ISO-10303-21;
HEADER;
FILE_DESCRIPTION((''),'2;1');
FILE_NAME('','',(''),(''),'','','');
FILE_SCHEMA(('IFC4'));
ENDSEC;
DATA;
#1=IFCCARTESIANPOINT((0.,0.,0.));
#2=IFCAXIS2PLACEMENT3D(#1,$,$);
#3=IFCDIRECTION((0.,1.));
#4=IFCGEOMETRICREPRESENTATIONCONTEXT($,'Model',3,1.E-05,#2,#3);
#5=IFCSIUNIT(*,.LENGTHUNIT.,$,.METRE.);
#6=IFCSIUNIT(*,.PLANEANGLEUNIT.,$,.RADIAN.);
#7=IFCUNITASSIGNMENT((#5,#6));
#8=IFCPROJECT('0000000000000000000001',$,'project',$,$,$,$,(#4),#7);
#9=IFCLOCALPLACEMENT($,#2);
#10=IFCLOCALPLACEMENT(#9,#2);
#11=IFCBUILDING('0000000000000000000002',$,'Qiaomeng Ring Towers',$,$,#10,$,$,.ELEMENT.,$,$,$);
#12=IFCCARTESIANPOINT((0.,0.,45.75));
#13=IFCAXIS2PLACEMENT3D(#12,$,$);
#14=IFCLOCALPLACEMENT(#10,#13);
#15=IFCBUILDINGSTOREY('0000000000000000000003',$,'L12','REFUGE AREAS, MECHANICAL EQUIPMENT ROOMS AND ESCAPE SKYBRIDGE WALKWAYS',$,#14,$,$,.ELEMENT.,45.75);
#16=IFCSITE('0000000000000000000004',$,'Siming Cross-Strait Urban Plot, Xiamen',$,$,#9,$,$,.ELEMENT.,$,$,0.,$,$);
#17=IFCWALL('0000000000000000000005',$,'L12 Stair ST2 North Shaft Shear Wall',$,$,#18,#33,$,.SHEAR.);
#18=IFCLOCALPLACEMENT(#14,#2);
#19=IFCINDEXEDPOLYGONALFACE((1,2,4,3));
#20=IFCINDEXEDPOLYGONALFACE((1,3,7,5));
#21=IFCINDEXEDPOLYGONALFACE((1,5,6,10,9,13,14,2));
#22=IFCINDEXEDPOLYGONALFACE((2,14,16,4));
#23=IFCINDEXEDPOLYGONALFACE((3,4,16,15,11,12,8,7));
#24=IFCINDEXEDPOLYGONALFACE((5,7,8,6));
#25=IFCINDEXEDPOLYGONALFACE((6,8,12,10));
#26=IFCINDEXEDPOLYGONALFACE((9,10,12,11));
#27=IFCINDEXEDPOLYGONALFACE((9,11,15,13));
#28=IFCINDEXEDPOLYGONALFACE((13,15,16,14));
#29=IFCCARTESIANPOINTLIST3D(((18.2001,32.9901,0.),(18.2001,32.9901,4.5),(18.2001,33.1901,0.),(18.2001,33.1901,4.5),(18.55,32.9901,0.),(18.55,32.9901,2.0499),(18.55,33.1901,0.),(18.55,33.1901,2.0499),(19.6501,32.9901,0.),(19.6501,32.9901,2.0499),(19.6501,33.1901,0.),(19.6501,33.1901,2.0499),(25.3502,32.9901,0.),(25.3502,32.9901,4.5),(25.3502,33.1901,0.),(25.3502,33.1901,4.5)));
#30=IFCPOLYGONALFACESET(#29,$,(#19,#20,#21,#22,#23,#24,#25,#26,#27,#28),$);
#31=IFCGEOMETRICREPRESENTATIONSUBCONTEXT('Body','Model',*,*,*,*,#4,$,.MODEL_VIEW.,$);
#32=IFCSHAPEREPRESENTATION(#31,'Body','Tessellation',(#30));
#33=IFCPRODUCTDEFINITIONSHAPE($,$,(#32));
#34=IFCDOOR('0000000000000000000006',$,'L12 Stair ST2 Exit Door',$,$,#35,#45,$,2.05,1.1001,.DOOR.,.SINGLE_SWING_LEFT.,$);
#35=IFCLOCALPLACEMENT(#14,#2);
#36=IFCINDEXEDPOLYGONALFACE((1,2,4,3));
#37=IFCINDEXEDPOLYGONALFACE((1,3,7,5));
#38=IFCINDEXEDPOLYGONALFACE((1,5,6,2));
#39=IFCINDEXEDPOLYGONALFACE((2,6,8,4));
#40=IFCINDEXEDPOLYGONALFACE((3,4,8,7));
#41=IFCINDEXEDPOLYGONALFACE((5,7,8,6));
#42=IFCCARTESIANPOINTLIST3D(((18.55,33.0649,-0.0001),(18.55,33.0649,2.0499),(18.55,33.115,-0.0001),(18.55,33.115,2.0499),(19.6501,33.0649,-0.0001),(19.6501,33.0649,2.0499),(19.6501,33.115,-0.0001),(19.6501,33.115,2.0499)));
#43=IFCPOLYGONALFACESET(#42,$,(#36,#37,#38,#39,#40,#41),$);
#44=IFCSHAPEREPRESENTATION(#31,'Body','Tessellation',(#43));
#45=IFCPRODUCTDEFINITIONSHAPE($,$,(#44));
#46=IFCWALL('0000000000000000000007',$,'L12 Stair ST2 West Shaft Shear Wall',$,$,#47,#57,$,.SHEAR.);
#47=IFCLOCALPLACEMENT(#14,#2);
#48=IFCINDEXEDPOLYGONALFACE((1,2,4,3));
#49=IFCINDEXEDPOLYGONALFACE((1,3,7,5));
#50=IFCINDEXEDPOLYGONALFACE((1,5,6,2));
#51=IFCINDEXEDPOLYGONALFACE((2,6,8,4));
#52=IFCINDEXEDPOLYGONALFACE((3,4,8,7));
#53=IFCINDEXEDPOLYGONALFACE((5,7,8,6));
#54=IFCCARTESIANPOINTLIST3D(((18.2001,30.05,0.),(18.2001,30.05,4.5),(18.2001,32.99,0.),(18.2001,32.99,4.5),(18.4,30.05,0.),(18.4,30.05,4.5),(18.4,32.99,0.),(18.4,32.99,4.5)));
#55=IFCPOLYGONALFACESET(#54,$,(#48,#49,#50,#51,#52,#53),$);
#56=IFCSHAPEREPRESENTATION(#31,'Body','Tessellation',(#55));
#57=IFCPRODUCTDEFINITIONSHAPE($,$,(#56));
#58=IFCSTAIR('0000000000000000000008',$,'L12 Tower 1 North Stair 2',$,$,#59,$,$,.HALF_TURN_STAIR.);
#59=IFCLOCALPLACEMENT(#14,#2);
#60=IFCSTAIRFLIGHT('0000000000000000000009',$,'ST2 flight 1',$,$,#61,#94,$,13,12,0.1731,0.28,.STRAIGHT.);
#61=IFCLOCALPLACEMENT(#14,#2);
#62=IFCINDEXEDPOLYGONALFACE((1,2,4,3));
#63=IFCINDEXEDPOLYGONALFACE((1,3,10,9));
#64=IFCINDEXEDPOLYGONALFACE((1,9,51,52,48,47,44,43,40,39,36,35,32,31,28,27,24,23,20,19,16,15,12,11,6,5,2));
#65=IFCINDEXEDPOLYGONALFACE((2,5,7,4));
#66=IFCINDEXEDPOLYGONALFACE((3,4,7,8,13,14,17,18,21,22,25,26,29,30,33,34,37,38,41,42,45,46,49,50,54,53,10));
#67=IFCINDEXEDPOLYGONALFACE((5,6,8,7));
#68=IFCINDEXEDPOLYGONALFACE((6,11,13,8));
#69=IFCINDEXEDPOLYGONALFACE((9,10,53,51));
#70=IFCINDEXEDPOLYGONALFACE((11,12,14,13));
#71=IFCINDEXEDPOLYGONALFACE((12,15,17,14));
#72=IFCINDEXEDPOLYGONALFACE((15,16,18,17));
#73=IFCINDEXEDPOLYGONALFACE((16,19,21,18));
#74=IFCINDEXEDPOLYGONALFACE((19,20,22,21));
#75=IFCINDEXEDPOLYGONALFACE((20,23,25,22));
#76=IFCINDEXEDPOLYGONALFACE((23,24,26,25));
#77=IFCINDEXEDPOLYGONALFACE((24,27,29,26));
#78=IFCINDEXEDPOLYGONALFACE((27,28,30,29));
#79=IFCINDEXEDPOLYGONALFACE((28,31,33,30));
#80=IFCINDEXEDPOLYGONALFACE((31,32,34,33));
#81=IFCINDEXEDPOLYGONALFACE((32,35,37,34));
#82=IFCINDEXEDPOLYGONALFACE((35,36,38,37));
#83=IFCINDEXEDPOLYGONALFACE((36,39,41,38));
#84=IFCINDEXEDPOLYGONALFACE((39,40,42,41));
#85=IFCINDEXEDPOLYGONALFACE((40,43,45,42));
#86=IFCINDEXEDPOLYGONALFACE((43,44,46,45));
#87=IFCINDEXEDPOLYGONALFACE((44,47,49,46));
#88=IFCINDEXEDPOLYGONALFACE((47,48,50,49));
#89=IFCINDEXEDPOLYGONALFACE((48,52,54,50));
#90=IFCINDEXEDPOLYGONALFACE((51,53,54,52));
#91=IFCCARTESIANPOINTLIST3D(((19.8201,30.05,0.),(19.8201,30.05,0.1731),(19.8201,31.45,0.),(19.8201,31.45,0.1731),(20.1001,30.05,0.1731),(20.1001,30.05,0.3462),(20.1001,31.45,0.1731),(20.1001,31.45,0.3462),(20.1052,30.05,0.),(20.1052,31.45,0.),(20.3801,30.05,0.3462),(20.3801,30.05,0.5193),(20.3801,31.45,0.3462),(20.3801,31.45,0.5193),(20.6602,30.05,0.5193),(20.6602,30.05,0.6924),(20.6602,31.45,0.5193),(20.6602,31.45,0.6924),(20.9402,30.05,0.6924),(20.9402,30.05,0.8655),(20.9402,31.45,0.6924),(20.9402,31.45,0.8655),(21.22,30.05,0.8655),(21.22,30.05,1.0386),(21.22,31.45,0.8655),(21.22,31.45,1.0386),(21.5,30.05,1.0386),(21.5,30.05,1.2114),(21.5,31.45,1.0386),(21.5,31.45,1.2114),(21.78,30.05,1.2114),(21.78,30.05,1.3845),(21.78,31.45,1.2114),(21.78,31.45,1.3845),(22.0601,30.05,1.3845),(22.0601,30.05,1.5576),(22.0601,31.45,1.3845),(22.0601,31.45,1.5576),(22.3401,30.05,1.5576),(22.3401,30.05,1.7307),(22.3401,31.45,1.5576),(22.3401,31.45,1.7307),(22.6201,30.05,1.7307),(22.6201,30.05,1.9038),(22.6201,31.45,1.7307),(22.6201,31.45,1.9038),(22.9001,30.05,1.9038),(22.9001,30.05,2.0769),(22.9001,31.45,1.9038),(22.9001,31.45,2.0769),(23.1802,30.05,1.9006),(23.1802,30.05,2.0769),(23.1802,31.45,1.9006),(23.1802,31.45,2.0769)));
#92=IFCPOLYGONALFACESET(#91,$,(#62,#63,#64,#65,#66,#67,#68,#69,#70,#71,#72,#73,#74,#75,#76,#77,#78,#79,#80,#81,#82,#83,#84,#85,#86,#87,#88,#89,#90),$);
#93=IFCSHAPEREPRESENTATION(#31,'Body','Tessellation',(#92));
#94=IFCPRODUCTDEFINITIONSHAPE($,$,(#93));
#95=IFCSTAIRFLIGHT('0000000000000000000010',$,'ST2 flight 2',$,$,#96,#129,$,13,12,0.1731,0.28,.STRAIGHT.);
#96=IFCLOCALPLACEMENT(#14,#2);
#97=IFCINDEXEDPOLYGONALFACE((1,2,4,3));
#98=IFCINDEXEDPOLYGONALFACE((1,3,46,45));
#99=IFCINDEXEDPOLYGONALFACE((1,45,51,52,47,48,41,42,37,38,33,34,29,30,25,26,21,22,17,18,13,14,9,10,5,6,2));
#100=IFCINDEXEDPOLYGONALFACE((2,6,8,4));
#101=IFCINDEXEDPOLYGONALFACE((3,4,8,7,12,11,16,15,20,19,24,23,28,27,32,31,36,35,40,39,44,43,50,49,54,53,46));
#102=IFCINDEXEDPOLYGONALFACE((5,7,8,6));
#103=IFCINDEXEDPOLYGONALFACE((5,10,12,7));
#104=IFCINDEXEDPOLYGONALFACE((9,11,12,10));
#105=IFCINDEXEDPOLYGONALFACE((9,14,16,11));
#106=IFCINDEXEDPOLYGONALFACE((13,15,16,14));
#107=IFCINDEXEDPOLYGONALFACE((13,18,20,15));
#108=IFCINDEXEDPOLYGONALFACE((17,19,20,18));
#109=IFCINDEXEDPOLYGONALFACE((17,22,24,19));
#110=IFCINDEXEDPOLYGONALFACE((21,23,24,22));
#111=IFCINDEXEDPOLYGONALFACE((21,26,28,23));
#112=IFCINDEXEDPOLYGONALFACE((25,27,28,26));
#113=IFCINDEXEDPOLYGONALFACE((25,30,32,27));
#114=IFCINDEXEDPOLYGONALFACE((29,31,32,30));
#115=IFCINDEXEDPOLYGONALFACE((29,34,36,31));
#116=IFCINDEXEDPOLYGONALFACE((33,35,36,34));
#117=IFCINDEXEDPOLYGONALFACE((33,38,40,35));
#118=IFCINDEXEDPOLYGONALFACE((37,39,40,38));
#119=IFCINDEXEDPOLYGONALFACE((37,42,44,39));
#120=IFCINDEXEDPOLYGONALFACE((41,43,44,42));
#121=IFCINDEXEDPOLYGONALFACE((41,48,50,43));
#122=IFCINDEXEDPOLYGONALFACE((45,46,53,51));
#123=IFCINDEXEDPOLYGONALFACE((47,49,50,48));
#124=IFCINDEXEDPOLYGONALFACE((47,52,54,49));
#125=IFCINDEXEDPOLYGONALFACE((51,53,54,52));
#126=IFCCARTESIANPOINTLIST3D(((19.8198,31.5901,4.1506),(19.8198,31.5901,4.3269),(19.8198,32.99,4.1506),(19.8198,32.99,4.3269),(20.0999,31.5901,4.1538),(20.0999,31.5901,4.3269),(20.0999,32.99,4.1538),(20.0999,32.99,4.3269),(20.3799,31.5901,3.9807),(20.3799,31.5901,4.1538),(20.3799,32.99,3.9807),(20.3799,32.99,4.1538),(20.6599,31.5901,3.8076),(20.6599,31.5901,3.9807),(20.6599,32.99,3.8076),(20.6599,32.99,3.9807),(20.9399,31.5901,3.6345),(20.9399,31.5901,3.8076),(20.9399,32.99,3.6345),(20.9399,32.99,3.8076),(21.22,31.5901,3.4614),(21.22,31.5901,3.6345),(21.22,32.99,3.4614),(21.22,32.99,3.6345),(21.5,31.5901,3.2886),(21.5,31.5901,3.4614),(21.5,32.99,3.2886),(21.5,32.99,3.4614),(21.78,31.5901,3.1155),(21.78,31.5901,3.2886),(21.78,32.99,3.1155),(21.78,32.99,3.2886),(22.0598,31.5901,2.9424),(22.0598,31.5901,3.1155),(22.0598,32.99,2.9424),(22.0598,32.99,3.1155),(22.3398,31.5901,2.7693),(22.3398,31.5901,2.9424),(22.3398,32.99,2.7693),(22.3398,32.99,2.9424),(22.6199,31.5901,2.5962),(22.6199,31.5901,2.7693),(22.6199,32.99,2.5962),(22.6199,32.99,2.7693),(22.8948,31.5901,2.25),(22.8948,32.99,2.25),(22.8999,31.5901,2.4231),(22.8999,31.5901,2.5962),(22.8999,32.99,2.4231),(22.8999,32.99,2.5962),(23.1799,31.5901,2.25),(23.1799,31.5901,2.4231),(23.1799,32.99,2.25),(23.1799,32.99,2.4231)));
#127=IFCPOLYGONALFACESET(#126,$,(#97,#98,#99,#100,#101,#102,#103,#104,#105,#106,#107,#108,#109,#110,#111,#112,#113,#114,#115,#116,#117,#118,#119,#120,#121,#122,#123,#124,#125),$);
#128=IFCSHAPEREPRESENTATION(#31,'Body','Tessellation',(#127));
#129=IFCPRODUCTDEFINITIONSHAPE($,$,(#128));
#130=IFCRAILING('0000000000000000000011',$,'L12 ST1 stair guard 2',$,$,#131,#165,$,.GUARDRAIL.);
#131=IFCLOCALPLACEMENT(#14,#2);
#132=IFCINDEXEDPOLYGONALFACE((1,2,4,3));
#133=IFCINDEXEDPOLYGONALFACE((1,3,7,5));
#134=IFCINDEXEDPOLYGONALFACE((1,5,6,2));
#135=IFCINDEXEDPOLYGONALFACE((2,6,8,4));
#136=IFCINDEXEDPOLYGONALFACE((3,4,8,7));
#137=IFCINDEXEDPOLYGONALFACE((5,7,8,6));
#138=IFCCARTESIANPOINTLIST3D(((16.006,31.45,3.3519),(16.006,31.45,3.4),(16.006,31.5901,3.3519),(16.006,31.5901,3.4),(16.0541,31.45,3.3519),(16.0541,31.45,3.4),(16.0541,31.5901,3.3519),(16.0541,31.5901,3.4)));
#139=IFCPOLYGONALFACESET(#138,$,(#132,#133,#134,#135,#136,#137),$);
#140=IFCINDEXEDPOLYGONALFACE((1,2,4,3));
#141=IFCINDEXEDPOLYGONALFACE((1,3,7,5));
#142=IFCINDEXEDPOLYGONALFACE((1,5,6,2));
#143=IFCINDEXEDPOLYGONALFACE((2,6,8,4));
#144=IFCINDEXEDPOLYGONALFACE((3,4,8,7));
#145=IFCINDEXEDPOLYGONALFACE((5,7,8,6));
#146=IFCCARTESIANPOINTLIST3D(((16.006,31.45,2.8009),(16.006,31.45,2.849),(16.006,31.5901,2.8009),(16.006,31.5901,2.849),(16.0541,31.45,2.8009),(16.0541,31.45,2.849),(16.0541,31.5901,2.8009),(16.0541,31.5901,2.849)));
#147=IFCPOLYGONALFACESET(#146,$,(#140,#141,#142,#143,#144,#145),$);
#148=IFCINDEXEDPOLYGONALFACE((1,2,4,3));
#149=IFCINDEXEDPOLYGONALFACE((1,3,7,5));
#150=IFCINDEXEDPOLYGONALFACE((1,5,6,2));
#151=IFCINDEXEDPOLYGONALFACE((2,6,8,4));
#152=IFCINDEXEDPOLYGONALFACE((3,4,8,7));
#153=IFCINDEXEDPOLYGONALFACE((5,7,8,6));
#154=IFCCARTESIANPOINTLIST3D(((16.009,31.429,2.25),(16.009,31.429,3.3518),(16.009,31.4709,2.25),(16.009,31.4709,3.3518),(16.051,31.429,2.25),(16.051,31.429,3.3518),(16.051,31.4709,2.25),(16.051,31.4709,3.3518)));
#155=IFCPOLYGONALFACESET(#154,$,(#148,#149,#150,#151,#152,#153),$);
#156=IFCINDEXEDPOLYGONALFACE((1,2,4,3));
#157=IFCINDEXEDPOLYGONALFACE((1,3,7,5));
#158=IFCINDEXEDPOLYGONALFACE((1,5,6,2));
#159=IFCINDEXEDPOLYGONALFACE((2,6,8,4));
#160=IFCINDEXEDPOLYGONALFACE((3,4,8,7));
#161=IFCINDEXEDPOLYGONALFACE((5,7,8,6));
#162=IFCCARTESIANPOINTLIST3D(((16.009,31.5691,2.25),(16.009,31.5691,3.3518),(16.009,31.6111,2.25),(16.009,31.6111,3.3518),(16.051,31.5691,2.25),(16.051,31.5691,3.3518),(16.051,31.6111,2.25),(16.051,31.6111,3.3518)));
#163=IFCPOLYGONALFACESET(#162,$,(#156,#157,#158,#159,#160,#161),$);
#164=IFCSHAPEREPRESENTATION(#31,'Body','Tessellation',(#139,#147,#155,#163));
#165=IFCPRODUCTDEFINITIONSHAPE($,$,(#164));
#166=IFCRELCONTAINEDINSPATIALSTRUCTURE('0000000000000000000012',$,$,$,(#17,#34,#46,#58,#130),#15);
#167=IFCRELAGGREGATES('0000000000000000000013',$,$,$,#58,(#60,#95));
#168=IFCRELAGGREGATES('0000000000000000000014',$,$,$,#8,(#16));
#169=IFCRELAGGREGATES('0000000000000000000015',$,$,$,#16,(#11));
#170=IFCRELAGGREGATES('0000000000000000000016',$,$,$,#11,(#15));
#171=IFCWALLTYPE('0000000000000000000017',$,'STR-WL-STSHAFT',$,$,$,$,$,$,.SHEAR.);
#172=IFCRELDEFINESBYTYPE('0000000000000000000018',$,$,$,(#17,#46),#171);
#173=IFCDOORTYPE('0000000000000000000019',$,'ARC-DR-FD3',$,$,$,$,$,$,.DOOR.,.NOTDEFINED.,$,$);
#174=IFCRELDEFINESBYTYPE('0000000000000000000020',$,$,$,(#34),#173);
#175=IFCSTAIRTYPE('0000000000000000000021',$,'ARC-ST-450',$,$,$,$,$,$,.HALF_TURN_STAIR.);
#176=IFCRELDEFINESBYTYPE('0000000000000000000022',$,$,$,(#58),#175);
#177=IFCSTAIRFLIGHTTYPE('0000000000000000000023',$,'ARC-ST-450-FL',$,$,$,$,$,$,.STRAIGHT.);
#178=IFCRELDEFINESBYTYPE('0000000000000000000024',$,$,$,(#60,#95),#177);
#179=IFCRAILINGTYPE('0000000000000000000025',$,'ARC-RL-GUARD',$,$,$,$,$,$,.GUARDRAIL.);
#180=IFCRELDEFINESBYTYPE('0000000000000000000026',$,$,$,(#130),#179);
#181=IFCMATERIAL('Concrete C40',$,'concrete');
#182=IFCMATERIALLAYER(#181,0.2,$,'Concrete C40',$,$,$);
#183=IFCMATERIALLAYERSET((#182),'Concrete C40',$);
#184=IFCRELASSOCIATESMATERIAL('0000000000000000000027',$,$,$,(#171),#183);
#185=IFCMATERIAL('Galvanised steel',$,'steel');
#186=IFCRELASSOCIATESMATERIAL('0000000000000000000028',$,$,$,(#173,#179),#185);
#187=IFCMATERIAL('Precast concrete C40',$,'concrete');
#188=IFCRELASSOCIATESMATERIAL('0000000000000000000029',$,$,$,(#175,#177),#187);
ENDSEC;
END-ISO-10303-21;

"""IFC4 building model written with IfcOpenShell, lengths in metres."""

from ifc_helpers import new_model, si_unit, direction, frame, frame_2d, origin, origin_2d, place, context, subcontext, project, spatial, polyline, rectangle, outline, extrude, source, transform, mapped, material, layer, layer_set, type_object, element, fill, aggregate, save


model = new_model("IFC4")

# Units and contexts
model_context = context("Model", 3, precision=1e-05, world=origin(), true_north=direction((0.0, 1.0)))
body_context = subcontext(model_context, "Body", "Model", "MODEL_VIEW")
ifc_project = project(units=[si_unit("LENGTHUNIT", "METRE"), si_unit("PLANEANGLEUNIT", "RADIAN")], contexts=[model_context])

# Site, building, storey
site_placement = place(None, origin())
site = spatial("IfcSite", under=ifc_project, at=site_placement, Name="Siming Cross-Strait Urban Plot, Xiamen", CompositionType="ELEMENT", RefElevation=0.0)
building_placement = place(site_placement, origin())
building = spatial("IfcBuilding", under=site, at=building_placement, Name="Qiaomeng Ring Towers", CompositionType="ELEMENT")
storey_placement = place(building_placement, frame((0.0, 0.0, 45.75)))
storey = spatial("IfcBuildingStorey", under=building, at=storey_placement, Name="L12", Description="REFUGE AREAS, MECHANICAL EQUIPMENT ROOMS AND ESCAPE SKYBRIDGE WALKWAYS", CompositionType="ELEMENT", Elevation=45.75)

# Shared definitions
ifc_material_1 = material(Name="Concrete C40", Category="concrete")
ifc_layer_1 = layer(ifc_material_1, 0.2, Name="Concrete C40")
ifc_layer_set_1 = layer_set([ifc_layer_1], Name="Concrete C40")
wall_type_1 = type_object("IfcWallType", Name="STR-WL-STSHAFT", PredefinedType="SHEAR", material=ifc_layer_set_1)

# Wall, opening, door
wall_1_placement = place(storey_placement, frame((18.2, 33.0901, 0.0), z_axis=(0.0, 0.0, 1.0), x_axis=(1.0, 0.0, 0.0)))
wall_1 = element("IfcWall", 1, at=wall_1_placement, inside=storey, type_object=wall_type_1, Name="L12 Stair ST2 North Shaft Shear Wall", PredefinedType="SHEAR", context=body_context, shape_type="SweptSolid", body=[
    extrude(rectangle(XDim=7.1501, YDim=0.2, at=frame_2d((3.5752, 0.0))), origin(), (0.0, 0.0, 1.0), 4.5),
])
opening_placement = place(wall_1_placement, frame((0.3501, 0.0, 0.0)))
opening = element("IfcOpeningElement", 2, at=opening_placement, cuts=wall_1, PredefinedType="OPENING", context=body_context, shape_type="SweptSolid", body=[
    extrude(rectangle(XDim=1.1001, YDim=2.05, at=frame_2d((0.55, 1.0249))), frame((0.0, 0.1099, 0.0), z_axis=(0.0, -1.0, 0.0), x_axis=(1.0, 0.0, 0.0)), (0.0, 0.0, 1.0), 0.22),
])
ifc_material_2 = material(Name="Galvanised steel", Category="steel")
door_type = type_object("IfcDoorType", Name="ARC-DR-FD3", OperationType="NOTDEFINED", PredefinedType="DOOR", material=ifc_material_2)
shared_shape_1 = source(origin(), body_context, "Body", "SweptSolid", [
    extrude(rectangle(XDim=1.1001, YDim=2.05, at=frame_2d((0.55, 1.0249))), frame((0.0, 0.0249, 0.0), z_axis=(0.0, -1.0, 0.0), x_axis=(1.0, 0.0, 0.0)), (0.0, 0.0, 1.0), 0.05),
])
door_placement = place(opening_placement, origin())
door = element("IfcDoor", 3, at=door_placement, inside=storey, type_object=door_type, Name="L12 Stair ST2 Exit Door", OperationType="SINGLE_SWING_LEFT", OverallHeight=2.05, OverallWidth=1.1001, PredefinedType="DOOR", context=body_context, shape_type="MappedRepresentation", body=[
    mapped(shared_shape_1, transform((0.0, 0.0, 0.0), x_axis=(1.0, 0.0, 0.0), y_axis=(0.0, 1.0, 0.0), z_axis=(0.0, 0.0, 1.0), scale=1.0)),
])
fill(opening, door)

# Wall
wall_2_placement = place(storey_placement, frame((18.3, 30.05, 0.0), z_axis=(0.0, 0.0, 1.0), x_axis=(0.0, 1.0, 0.0)))
element("IfcWall", 4, at=wall_2_placement, inside=storey, type_object=wall_type_1, Name="L12 Stair ST2 West Shaft Shear Wall", PredefinedType="SHEAR", context=body_context, shape_type="SweptSolid", body=[
    extrude(rectangle(XDim=2.9399, YDim=0.2, at=frame_2d((1.47, 0.0))), origin(), (0.0, 0.0, 1.0), 4.5),
])

# Stair, stair flights
ifc_material_3 = material(Name="Precast concrete C40", Category="concrete")
stair_type = type_object("IfcStairType", Name="ARC-ST-450", PredefinedType="HALF_TURN_STAIR", material=ifc_material_3)
stair_placement = place(storey_placement, origin())
stair = element("IfcStair", 5, at=stair_placement, inside=storey, type_object=stair_type, Name="L12 Tower 1 North Stair 2", PredefinedType="HALF_TURN_STAIR")
stair_flight_type = type_object("IfcStairFlightType", Name="ARC-ST-450-FL", PredefinedType="STRAIGHT", material=ifc_material_3)
shared_shape_2 = source(origin(), body_context, "Body", "SweptSolid", [
    extrude(outline(polyline([(0.0, 0.0), (0.0, 0.1731), (0.28, 0.1731), (0.28, 0.3462), (0.5601, 0.3462), (0.5601, 0.5193), (0.8401, 0.5193), (0.8401, 0.6924), (1.1201, 0.6924), (1.1201, 0.8655), (1.3999, 0.8655), (1.3999, 1.0386), (1.6799, 1.0386), (1.6799, 1.2114), (1.96, 1.2114), (1.96, 1.3845), (2.24, 1.3845), (2.24, 1.5576), (2.52, 1.5576), (2.52, 1.7307), (2.8, 1.7307), (2.8, 1.9038), (3.0801, 1.9038), (3.0801, 2.0769), (3.3601, 2.0769), (3.3601, 2.25), (3.3601, 1.9006), (0.2852, 0.0), (0.0, 0.0)])), frame((0.0, 0.7, 0.0), z_axis=(0.0, -1.0, 0.0), x_axis=(1.0, 0.0, 0.0)), (0.0, 0.0, 1.0), 1.3999),
])
stair_flight_1_placement = place(storey_placement, frame((19.8201, 30.75, 0.0), z_axis=(0.0, 0.0, 1.0), x_axis=(1.0, 0.0, 0.0)))
stair_flight_1 = element("IfcStairFlight", 6, at=stair_flight_1_placement, type_object=stair_flight_type, Name="ST2 flight 1", NumberOfRisers=13, NumberOfTreads=12, PredefinedType="STRAIGHT", RiserHeight=0.1731, TreadLength=0.28, context=body_context, shape_type="MappedRepresentation", body=[
    mapped(shared_shape_2, transform((0.0, 0.0, 0.0), x_axis=(1.0, 0.0, 0.0), y_axis=(0.0, 1.0, 0.0), z_axis=(0.0, 0.0, 1.0), scale=1.0)),
])
stair_flight_2_placement = place(storey_placement, frame((23.1799, 32.29, 2.25), z_axis=(0.0, 0.0, 1.0), x_axis=(-1.0, 0.0, 0.0)))
stair_flight_2 = element("IfcStairFlight", 7, at=stair_flight_2_placement, type_object=stair_flight_type, Name="ST2 flight 2", NumberOfRisers=13, NumberOfTreads=12, PredefinedType="STRAIGHT", RiserHeight=0.1731, TreadLength=0.28, context=body_context, shape_type="MappedRepresentation", body=[
    mapped(shared_shape_2, transform((0.0, 0.0, 0.0), x_axis=(1.0, 0.0, 0.0), y_axis=(0.0, 1.0, 0.0), z_axis=(0.0, 0.0, 1.0), scale=1.0)),
])
aggregate(stair, [stair_flight_1, stair_flight_2])

# Railing
railing_type_1 = type_object("IfcRailingType", Name="ARC-RL-GUARD", PredefinedType="GUARDRAIL", material=ifc_material_2)
railing_1_placement = place(storey_placement, frame((16.03, 31.45, 2.25)))
element("IfcRailing", 8, at=railing_1_placement, inside=storey, type_object=railing_type_1, Name="L12 ST1 stair guard 2", PredefinedType="GUARDRAIL", context=body_context, shape_type="SweptSolid", body=[
    extrude(rectangle(XDim=0.0481, YDim=0.0481, at=origin_2d()), frame((0.0, 0.0, 1.126), z_axis=(0.0, 1.0, 0.0), x_axis=(-1.0, 0.0, 0.0)), (0.0, 0.0, 1.0), 0.1401),
    extrude(rectangle(XDim=0.0481, YDim=0.0481, at=origin_2d()), frame((0.0, 0.0, 0.575), z_axis=(0.0, 1.0, 0.0), x_axis=(-1.0, 0.0, 0.0)), (0.0, 0.0, 1.0), 0.1401),
    extrude(rectangle(XDim=0.042, YDim=0.042, at=origin_2d()), origin(), (0.0, 0.0, 1.0), 1.1018),
    extrude(rectangle(XDim=0.042, YDim=0.042, at=origin_2d()), frame((0.0, 0.1401, 0.0)), (0.0, 0.0, 1.0), 1.1018),
])

save(model, "model.ifc")
